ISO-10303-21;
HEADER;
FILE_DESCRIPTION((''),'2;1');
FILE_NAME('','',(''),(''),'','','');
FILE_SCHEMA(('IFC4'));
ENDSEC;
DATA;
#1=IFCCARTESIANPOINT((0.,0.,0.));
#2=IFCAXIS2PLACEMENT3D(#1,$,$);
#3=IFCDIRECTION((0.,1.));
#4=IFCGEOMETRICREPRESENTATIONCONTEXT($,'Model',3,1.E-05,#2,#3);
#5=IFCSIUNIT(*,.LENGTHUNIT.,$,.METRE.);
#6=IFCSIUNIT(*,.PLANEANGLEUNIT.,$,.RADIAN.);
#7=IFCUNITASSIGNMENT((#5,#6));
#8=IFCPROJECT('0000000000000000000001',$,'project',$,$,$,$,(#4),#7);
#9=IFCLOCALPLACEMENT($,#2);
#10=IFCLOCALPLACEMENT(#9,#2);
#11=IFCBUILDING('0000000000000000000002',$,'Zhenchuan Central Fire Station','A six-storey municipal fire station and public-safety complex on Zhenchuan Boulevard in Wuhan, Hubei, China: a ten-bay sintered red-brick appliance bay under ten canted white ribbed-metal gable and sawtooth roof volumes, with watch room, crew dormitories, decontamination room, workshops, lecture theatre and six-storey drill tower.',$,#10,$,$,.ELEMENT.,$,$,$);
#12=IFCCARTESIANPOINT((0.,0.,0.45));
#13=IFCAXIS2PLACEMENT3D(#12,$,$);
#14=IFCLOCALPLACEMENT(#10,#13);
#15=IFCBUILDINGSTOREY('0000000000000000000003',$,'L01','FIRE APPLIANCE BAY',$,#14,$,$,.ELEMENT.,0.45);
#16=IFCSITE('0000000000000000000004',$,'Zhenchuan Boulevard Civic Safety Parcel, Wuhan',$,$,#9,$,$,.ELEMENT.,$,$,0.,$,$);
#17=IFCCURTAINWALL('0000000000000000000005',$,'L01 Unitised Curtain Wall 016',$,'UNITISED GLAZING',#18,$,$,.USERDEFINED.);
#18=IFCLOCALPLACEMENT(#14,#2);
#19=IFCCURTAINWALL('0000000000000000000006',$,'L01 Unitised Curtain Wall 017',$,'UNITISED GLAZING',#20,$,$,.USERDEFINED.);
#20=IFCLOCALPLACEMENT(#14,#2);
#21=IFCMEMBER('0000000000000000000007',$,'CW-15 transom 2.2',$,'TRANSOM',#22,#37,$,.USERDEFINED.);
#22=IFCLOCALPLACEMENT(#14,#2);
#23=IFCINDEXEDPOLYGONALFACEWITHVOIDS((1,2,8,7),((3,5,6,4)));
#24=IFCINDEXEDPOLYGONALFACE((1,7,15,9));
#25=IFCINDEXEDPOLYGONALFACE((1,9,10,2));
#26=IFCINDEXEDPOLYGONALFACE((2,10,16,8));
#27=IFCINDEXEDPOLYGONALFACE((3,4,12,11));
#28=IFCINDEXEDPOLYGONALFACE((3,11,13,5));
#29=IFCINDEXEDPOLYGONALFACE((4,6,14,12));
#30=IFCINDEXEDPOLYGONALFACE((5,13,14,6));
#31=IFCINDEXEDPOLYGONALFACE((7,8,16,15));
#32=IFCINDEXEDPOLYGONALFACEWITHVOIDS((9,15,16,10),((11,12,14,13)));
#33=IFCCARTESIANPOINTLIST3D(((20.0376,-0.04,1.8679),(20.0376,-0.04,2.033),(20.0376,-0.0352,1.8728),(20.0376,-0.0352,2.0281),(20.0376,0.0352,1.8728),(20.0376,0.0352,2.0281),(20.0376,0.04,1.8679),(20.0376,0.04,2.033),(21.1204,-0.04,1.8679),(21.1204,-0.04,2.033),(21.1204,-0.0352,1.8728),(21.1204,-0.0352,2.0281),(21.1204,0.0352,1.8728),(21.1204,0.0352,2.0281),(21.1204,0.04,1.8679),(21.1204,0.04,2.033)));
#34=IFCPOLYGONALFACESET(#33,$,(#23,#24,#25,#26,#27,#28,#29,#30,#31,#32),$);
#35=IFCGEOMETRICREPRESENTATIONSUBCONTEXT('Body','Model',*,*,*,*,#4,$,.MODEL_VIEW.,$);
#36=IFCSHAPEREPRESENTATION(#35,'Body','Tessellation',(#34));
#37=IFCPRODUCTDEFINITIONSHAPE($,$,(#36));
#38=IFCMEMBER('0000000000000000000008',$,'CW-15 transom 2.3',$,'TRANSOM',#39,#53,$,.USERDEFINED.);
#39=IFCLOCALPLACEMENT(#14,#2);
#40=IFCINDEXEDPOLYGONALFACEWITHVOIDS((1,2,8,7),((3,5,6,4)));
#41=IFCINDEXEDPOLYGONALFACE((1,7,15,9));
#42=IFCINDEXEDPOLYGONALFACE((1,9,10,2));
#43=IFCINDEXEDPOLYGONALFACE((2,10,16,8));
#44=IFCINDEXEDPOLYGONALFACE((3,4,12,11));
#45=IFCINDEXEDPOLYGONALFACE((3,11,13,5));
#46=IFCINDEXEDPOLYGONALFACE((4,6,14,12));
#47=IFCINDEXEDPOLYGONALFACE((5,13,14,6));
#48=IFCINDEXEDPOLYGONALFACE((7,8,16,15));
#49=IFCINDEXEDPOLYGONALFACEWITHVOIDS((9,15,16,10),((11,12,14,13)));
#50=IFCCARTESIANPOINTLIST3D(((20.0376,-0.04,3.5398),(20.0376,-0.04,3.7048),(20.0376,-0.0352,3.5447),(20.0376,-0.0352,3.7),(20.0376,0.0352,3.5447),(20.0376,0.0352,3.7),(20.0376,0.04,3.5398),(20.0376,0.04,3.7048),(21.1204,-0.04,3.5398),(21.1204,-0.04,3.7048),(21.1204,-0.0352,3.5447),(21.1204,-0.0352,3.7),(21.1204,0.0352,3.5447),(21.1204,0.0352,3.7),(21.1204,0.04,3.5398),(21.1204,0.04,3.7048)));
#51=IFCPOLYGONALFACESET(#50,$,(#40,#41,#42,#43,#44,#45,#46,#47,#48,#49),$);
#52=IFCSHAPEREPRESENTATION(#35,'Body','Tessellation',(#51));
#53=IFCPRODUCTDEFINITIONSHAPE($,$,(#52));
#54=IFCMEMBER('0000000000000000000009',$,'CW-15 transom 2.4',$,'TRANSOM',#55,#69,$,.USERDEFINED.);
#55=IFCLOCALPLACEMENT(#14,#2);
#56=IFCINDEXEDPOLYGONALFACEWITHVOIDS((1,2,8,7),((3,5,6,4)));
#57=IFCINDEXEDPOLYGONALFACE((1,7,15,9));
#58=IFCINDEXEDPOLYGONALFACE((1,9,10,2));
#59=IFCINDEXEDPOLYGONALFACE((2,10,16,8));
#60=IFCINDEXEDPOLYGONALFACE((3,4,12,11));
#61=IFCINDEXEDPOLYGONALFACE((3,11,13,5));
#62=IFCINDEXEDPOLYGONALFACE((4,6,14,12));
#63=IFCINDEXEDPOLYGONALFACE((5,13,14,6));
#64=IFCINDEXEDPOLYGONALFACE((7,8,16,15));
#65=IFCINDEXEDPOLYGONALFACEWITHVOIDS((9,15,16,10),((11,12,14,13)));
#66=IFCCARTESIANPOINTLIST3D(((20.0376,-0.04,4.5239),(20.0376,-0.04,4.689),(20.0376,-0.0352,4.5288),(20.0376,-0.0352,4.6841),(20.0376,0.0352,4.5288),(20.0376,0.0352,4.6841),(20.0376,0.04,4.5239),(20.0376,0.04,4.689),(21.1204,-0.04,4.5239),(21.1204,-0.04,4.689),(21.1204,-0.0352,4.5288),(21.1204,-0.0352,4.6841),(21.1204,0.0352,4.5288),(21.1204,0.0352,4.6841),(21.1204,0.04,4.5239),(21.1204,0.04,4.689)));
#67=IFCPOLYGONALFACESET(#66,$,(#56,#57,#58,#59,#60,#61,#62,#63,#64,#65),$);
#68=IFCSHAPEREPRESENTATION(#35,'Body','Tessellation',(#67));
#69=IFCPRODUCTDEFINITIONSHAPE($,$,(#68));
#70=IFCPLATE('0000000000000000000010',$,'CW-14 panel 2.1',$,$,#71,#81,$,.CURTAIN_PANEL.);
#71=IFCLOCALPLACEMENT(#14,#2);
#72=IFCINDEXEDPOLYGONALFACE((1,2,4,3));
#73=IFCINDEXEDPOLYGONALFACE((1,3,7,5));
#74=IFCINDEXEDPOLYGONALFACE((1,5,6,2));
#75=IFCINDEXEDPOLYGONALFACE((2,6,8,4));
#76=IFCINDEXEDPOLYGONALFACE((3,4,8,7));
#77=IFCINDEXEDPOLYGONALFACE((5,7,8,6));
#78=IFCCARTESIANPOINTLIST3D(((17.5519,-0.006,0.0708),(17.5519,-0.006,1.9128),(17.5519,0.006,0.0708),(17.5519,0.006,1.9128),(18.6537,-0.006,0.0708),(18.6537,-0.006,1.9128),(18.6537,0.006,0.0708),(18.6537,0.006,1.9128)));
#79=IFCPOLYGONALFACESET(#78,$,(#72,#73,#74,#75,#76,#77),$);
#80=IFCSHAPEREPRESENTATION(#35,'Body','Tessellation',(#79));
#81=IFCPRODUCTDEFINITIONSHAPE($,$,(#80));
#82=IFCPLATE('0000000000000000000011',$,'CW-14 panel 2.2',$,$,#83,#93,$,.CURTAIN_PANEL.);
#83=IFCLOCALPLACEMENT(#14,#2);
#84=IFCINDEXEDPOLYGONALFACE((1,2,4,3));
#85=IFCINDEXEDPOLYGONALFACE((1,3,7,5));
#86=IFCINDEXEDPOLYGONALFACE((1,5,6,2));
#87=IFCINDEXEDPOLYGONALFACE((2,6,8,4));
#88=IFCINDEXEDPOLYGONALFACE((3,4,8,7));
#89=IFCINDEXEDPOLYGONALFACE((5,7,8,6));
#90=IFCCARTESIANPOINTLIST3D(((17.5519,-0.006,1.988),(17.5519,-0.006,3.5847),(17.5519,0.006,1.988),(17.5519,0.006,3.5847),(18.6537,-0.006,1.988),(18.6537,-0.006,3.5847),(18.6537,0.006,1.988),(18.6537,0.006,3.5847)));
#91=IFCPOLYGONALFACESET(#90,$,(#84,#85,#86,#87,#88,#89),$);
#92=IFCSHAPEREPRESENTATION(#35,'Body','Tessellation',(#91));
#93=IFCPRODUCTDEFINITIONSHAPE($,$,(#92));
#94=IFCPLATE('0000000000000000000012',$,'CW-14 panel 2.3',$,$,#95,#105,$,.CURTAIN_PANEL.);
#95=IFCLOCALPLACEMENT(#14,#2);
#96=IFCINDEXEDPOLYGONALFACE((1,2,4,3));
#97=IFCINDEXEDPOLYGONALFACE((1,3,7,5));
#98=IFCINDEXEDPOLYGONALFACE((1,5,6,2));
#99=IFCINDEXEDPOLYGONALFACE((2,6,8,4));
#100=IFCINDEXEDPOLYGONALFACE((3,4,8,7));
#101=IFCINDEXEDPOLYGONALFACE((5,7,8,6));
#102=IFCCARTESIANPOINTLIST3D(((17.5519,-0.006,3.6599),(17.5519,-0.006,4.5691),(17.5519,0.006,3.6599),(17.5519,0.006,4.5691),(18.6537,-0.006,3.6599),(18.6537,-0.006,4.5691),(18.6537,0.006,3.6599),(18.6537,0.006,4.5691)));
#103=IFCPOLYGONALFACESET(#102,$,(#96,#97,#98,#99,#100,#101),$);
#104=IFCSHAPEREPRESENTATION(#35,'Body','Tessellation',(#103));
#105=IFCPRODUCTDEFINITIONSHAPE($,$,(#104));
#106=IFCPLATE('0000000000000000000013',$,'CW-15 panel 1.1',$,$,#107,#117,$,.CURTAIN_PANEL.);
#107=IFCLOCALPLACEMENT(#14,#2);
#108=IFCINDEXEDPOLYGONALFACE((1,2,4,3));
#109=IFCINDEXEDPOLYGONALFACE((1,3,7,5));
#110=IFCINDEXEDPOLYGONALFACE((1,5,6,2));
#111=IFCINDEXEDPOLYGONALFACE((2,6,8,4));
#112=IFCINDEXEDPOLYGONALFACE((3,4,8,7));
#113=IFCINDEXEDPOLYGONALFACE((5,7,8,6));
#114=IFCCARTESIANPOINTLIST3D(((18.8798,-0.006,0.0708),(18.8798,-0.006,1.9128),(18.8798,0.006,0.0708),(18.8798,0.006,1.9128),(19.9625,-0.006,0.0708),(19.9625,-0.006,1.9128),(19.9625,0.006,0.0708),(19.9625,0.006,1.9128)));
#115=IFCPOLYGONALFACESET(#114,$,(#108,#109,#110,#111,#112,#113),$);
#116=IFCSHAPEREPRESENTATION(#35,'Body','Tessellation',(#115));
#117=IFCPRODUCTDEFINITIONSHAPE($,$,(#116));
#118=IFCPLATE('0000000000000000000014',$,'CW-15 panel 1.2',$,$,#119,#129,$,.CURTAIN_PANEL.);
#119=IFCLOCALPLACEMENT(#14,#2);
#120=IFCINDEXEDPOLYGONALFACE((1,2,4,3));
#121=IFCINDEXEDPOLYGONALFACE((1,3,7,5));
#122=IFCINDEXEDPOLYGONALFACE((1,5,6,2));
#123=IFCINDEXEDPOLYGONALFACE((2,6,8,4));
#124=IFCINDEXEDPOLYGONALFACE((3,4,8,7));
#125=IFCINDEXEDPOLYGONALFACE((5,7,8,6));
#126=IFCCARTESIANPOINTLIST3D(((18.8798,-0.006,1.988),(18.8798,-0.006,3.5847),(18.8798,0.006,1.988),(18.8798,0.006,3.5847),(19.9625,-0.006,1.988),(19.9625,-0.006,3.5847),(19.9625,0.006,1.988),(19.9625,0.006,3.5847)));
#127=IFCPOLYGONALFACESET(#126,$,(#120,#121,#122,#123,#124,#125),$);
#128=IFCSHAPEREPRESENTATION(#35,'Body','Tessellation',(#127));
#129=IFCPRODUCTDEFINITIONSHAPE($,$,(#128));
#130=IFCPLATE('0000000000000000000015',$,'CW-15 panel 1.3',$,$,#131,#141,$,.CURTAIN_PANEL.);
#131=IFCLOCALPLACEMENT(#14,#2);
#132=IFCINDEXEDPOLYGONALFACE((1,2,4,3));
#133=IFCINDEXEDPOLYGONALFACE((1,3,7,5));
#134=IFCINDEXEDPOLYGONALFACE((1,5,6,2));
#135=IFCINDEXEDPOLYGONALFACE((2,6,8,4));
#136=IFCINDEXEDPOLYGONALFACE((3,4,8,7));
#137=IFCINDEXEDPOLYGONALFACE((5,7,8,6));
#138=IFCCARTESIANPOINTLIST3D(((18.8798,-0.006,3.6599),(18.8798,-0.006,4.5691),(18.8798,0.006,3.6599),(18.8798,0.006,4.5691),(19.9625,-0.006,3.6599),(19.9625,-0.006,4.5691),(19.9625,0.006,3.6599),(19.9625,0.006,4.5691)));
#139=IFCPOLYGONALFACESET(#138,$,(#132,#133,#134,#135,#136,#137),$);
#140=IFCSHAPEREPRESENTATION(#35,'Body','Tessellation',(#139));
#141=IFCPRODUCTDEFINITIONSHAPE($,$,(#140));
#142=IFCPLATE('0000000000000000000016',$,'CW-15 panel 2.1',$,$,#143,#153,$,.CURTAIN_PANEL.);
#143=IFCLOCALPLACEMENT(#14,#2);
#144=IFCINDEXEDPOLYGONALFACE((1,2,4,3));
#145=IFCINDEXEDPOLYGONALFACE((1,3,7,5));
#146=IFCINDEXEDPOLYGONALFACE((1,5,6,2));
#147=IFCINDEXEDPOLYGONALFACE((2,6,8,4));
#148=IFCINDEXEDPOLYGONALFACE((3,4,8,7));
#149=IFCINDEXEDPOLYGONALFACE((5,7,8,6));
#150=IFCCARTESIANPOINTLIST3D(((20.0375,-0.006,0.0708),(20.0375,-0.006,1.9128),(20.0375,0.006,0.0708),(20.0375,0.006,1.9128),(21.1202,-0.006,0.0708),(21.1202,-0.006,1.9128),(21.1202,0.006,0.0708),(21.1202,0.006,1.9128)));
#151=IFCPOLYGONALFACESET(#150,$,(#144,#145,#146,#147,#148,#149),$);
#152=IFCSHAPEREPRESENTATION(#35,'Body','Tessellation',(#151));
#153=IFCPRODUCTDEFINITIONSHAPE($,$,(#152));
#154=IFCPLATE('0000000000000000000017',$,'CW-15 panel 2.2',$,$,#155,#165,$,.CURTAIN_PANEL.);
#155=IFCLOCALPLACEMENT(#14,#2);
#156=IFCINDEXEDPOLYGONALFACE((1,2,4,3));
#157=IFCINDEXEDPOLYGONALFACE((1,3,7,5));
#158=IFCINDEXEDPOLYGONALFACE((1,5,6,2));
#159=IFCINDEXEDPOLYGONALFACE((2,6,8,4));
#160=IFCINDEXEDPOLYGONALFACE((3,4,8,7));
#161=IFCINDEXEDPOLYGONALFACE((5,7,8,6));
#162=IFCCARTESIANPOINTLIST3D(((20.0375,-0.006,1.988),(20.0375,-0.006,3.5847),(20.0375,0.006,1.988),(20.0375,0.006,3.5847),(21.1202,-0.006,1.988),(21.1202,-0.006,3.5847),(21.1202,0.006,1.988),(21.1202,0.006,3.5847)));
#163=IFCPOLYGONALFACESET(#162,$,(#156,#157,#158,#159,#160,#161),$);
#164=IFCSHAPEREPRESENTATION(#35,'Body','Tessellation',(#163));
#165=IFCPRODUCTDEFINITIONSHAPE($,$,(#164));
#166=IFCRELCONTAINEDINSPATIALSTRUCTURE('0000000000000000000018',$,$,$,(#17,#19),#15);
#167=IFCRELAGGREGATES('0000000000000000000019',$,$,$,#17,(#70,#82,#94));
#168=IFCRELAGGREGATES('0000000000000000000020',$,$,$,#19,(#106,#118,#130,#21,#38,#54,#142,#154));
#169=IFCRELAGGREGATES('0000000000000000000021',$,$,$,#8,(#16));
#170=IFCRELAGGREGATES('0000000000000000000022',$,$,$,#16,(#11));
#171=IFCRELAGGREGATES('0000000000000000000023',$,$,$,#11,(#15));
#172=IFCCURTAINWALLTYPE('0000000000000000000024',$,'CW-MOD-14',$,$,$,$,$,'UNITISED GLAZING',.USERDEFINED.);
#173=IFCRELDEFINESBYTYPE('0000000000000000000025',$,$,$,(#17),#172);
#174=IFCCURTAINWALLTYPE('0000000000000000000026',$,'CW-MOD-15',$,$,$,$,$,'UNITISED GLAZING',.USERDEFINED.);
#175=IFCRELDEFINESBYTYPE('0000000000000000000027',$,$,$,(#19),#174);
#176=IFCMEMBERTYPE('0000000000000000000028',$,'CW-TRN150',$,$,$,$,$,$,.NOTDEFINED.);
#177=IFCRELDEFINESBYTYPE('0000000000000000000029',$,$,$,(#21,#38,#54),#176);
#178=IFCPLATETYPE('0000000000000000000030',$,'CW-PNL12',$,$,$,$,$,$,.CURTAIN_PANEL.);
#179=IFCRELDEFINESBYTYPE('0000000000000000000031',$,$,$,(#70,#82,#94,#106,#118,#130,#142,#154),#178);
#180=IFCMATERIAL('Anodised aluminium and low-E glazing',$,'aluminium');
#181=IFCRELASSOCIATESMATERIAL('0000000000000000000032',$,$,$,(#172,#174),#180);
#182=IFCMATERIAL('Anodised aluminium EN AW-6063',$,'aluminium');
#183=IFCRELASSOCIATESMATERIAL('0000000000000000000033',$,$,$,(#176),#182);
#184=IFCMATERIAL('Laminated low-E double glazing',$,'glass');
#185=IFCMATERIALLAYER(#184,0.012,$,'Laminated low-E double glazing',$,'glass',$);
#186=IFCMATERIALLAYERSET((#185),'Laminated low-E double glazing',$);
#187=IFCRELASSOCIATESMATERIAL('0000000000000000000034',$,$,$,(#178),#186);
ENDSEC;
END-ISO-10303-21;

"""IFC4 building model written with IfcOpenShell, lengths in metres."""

from ifc_helpers import new_model, si_unit, direction, frame, origin, origin_2d, place, context, subcontext, project, spatial, rectangle, hollow_rectangle, extrude, material, layer, layer_set, material_profile, profile_set, type_object, element, aggregate, save


model = new_model("IFC4")

# Units and contexts
model_context = context("Model", 3, precision=1e-05, world=origin(), true_north=direction((0.0, 1.0)))
body_context = subcontext(model_context, "Body", "Model", "MODEL_VIEW")
ifc_project = project(units=[si_unit("LENGTHUNIT", "METRE"), si_unit("PLANEANGLEUNIT", "RADIAN")], contexts=[model_context])

# Site, building, storey
site_placement = place(None, origin())
site = spatial("IfcSite", under=ifc_project, at=site_placement, Name="Zhenchuan Boulevard Civic Safety Parcel, Wuhan", CompositionType="ELEMENT", RefElevation=0.0)
building_placement = place(site_placement, origin())
building = spatial("IfcBuilding", under=site, at=building_placement, Name="Zhenchuan Central Fire Station", Description="A six-storey municipal fire station and public-safety complex on Zhenchuan Boulevard in Wuhan, Hubei, China: a ten-bay sintered red-brick appliance bay under ten canted white ribbed-metal gable and sawtooth roof volumes, with watch room, crew dormitories, decontamination room, workshops, lecture theatre and six-storey drill tower.", CompositionType="ELEMENT")
storey_placement = place(building_placement, frame((0.0, 0.0, 0.45)))
storey = spatial("IfcBuildingStorey", under=building, at=storey_placement, Name="L01", Description="FIRE APPLIANCE BAY", CompositionType="ELEMENT", Elevation=0.45)

# Curtain wall
ifc_material_1 = material(Name="Anodised aluminium and low-E glazing", Category="aluminium")
curtain_wall_type_1 = type_object("IfcCurtainWallType", Name="CW-MOD-14", ElementType="UNITISED GLAZING", PredefinedType="USERDEFINED", material=ifc_material_1)
curtain_wall_1_placement = place(storey_placement, origin())
curtain_wall_1 = element("IfcCurtainWall", 1, at=curtain_wall_1_placement, inside=storey, type_object=curtain_wall_type_1, Name="L01 Unitised Curtain Wall 016", ObjectType="UNITISED GLAZING", PredefinedType="USERDEFINED")
ifc_material_2 = material(Name="Anodised aluminium EN AW-6063", Category="aluminium")

# Curtain wall
curtain_wall_type_2 = type_object("IfcCurtainWallType", Name="CW-MOD-15", ElementType="UNITISED GLAZING", PredefinedType="USERDEFINED", material=ifc_material_1)
curtain_wall_2_placement = place(storey_placement, origin())
curtain_wall_2 = element("IfcCurtainWall", 2, at=curtain_wall_2_placement, inside=storey, type_object=curtain_wall_type_2, Name="L01 Unitised Curtain Wall 017", ObjectType="UNITISED GLAZING", PredefinedType="USERDEFINED")

# Members
ifc_material_profile_1 = material_profile(ifc_material_2, hollow_rectangle(XDim=0.0801, YDim=0.165, WallThickness=0.0049, at=origin_2d()), Name="ALU-T 165x80")
ifc_profile_set_1 = profile_set([ifc_material_profile_1], Name="Anodised aluminium EN AW-6063")
member_type_1 = type_object("IfcMemberType", Name="CW-TRN150", PredefinedType="NOTDEFINED", material=ifc_profile_set_1)
member_1_placement = place(storey_placement, frame((20.0376, 0.0, 1.9504), z_axis=(1.0, 0.0, 0.0), x_axis=(0.0, 1.0, 0.0)))
member_1 = element("IfcMember", 3, at=member_1_placement, type_object=member_type_1, Name="CW-15 transom 2.2", ObjectType="TRANSOM", PredefinedType="USERDEFINED", context=body_context, shape_type="SweptSolid", body=[
    extrude(hollow_rectangle(XDim=0.0801, YDim=0.165, WallThickness=0.0049, at=origin_2d()), origin(), (0.0, 0.0, 1.0), 1.0828),
])
member_2_placement = place(storey_placement, frame((20.0376, 0.0, 3.6223), z_axis=(1.0, 0.0, 0.0), x_axis=(0.0, 1.0, 0.0)))
member_2 = element("IfcMember", 4, at=member_2_placement, type_object=member_type_1, Name="CW-15 transom 2.3", ObjectType="TRANSOM", PredefinedType="USERDEFINED", context=body_context, shape_type="SweptSolid", body=[
    extrude(hollow_rectangle(XDim=0.0801, YDim=0.165, WallThickness=0.0049, at=origin_2d()), origin(), (0.0, 0.0, 1.0), 1.0828),
])
member_3_placement = place(storey_placement, frame((20.0376, 0.0, 4.6064), z_axis=(1.0, 0.0, 0.0), x_axis=(0.0, 1.0, 0.0)))
member_3 = element("IfcMember", 5, at=member_3_placement, type_object=member_type_1, Name="CW-15 transom 2.4", ObjectType="TRANSOM", PredefinedType="USERDEFINED", context=body_context, shape_type="SweptSolid", body=[
    extrude(hollow_rectangle(XDim=0.0801, YDim=0.165, WallThickness=0.0049, at=origin_2d()), origin(), (0.0, 0.0, 1.0), 1.0828),
])

# Plates
ifc_material_3 = material(Name="Laminated low-E double glazing", Category="glass")
ifc_layer = layer(ifc_material_3, 0.012, Name="Laminated low-E double glazing", Category="glass")
ifc_layer_set = layer_set([ifc_layer], Name="Laminated low-E double glazing")
plate_type = type_object("IfcPlateType", Name="CW-PNL12", PredefinedType="CURTAIN_PANEL", material=ifc_layer_set)
plate_1_placement = place(storey_placement, frame((18.1028, 0.0, 0.0708), z_axis=(0.0, 0.0, 1.0), x_axis=(1.0, 0.0, 0.0)))
plate_1 = element("IfcPlate", 6, at=plate_1_placement, type_object=plate_type, Name="CW-14 panel 2.1", PredefinedType="CURTAIN_PANEL", context=body_context, shape_type="SweptSolid", body=[
    extrude(rectangle(XDim=1.1018, YDim=0.012, at=origin_2d()), origin(), (0.0, 0.0, 1.0), 1.842),
])
plate_2_placement = place(storey_placement, frame((18.1028, 0.0, 1.988), z_axis=(0.0, 0.0, 1.0), x_axis=(1.0, 0.0, 0.0)))
plate_2 = element("IfcPlate", 7, at=plate_2_placement, type_object=plate_type, Name="CW-14 panel 2.2", PredefinedType="CURTAIN_PANEL", context=body_context, shape_type="SweptSolid", body=[
    extrude(rectangle(XDim=1.1018, YDim=0.012, at=origin_2d()), origin(), (0.0, 0.0, 1.0), 1.5967),
])
plate_3_placement = place(storey_placement, frame((18.1028, 0.0, 3.6599), z_axis=(0.0, 0.0, 1.0), x_axis=(1.0, 0.0, 0.0)))
plate_3 = element("IfcPlate", 8, at=plate_3_placement, type_object=plate_type, Name="CW-14 panel 2.3", PredefinedType="CURTAIN_PANEL", context=body_context, shape_type="SweptSolid", body=[
    extrude(rectangle(XDim=1.1018, YDim=0.012, at=origin_2d()), origin(), (0.0, 0.0, 1.0), 0.9092),
])
aggregate(curtain_wall_1, [plate_1, plate_2, plate_3])
plate_4_placement = place(storey_placement, frame((19.4211, 0.0, 0.0708), z_axis=(0.0, 0.0, 1.0), x_axis=(1.0, 0.0, 0.0)))
plate_4 = element("IfcPlate", 9, at=plate_4_placement, type_object=plate_type, Name="CW-15 panel 1.1", PredefinedType="CURTAIN_PANEL", context=body_context, shape_type="SweptSolid", body=[
    extrude(rectangle(XDim=1.0828, YDim=0.012, at=origin_2d()), origin(), (0.0, 0.0, 1.0), 1.842),
])
plate_5_placement = place(storey_placement, frame((19.4211, 0.0, 1.988), z_axis=(0.0, 0.0, 1.0), x_axis=(1.0, 0.0, 0.0)))
plate_5 = element("IfcPlate", 10, at=plate_5_placement, type_object=plate_type, Name="CW-15 panel 1.2", PredefinedType="CURTAIN_PANEL", context=body_context, shape_type="SweptSolid", body=[
    extrude(rectangle(XDim=1.0828, YDim=0.012, at=origin_2d()), origin(), (0.0, 0.0, 1.0), 1.5967),
])
plate_6_placement = place(storey_placement, frame((19.4211, 0.0, 3.6599), z_axis=(0.0, 0.0, 1.0), x_axis=(1.0, 0.0, 0.0)))
plate_6 = element("IfcPlate", 11, at=plate_6_placement, type_object=plate_type, Name="CW-15 panel 1.3", PredefinedType="CURTAIN_PANEL", context=body_context, shape_type="SweptSolid", body=[
    extrude(rectangle(XDim=1.0828, YDim=0.012, at=origin_2d()), origin(), (0.0, 0.0, 1.0), 0.9092),
])
plate_7_placement = place(storey_placement, frame((20.5789, 0.0, 0.0708), z_axis=(0.0, 0.0, 1.0), x_axis=(1.0, 0.0, 0.0)))
plate_7 = element("IfcPlate", 12, at=plate_7_placement, type_object=plate_type, Name="CW-15 panel 2.1", PredefinedType="CURTAIN_PANEL", context=body_context, shape_type="SweptSolid", body=[
    extrude(rectangle(XDim=1.0828, YDim=0.012, at=origin_2d()), origin(), (0.0, 0.0, 1.0), 1.842),
])
plate_8_placement = place(storey_placement, frame((20.5789, 0.0, 1.988), z_axis=(0.0, 0.0, 1.0), x_axis=(1.0, 0.0, 0.0)))
plate_8 = element("IfcPlate", 13, at=plate_8_placement, type_object=plate_type, Name="CW-15 panel 2.2", PredefinedType="CURTAIN_PANEL", context=body_context, shape_type="SweptSolid", body=[
    extrude(rectangle(XDim=1.0828, YDim=0.012, at=origin_2d()), origin(), (0.0, 0.0, 1.0), 1.5967),
])
aggregate(curtain_wall_2, [plate_4, plate_5, plate_6, member_1, member_2, member_3, plate_7, plate_8])

save(model, "model.ifc")
